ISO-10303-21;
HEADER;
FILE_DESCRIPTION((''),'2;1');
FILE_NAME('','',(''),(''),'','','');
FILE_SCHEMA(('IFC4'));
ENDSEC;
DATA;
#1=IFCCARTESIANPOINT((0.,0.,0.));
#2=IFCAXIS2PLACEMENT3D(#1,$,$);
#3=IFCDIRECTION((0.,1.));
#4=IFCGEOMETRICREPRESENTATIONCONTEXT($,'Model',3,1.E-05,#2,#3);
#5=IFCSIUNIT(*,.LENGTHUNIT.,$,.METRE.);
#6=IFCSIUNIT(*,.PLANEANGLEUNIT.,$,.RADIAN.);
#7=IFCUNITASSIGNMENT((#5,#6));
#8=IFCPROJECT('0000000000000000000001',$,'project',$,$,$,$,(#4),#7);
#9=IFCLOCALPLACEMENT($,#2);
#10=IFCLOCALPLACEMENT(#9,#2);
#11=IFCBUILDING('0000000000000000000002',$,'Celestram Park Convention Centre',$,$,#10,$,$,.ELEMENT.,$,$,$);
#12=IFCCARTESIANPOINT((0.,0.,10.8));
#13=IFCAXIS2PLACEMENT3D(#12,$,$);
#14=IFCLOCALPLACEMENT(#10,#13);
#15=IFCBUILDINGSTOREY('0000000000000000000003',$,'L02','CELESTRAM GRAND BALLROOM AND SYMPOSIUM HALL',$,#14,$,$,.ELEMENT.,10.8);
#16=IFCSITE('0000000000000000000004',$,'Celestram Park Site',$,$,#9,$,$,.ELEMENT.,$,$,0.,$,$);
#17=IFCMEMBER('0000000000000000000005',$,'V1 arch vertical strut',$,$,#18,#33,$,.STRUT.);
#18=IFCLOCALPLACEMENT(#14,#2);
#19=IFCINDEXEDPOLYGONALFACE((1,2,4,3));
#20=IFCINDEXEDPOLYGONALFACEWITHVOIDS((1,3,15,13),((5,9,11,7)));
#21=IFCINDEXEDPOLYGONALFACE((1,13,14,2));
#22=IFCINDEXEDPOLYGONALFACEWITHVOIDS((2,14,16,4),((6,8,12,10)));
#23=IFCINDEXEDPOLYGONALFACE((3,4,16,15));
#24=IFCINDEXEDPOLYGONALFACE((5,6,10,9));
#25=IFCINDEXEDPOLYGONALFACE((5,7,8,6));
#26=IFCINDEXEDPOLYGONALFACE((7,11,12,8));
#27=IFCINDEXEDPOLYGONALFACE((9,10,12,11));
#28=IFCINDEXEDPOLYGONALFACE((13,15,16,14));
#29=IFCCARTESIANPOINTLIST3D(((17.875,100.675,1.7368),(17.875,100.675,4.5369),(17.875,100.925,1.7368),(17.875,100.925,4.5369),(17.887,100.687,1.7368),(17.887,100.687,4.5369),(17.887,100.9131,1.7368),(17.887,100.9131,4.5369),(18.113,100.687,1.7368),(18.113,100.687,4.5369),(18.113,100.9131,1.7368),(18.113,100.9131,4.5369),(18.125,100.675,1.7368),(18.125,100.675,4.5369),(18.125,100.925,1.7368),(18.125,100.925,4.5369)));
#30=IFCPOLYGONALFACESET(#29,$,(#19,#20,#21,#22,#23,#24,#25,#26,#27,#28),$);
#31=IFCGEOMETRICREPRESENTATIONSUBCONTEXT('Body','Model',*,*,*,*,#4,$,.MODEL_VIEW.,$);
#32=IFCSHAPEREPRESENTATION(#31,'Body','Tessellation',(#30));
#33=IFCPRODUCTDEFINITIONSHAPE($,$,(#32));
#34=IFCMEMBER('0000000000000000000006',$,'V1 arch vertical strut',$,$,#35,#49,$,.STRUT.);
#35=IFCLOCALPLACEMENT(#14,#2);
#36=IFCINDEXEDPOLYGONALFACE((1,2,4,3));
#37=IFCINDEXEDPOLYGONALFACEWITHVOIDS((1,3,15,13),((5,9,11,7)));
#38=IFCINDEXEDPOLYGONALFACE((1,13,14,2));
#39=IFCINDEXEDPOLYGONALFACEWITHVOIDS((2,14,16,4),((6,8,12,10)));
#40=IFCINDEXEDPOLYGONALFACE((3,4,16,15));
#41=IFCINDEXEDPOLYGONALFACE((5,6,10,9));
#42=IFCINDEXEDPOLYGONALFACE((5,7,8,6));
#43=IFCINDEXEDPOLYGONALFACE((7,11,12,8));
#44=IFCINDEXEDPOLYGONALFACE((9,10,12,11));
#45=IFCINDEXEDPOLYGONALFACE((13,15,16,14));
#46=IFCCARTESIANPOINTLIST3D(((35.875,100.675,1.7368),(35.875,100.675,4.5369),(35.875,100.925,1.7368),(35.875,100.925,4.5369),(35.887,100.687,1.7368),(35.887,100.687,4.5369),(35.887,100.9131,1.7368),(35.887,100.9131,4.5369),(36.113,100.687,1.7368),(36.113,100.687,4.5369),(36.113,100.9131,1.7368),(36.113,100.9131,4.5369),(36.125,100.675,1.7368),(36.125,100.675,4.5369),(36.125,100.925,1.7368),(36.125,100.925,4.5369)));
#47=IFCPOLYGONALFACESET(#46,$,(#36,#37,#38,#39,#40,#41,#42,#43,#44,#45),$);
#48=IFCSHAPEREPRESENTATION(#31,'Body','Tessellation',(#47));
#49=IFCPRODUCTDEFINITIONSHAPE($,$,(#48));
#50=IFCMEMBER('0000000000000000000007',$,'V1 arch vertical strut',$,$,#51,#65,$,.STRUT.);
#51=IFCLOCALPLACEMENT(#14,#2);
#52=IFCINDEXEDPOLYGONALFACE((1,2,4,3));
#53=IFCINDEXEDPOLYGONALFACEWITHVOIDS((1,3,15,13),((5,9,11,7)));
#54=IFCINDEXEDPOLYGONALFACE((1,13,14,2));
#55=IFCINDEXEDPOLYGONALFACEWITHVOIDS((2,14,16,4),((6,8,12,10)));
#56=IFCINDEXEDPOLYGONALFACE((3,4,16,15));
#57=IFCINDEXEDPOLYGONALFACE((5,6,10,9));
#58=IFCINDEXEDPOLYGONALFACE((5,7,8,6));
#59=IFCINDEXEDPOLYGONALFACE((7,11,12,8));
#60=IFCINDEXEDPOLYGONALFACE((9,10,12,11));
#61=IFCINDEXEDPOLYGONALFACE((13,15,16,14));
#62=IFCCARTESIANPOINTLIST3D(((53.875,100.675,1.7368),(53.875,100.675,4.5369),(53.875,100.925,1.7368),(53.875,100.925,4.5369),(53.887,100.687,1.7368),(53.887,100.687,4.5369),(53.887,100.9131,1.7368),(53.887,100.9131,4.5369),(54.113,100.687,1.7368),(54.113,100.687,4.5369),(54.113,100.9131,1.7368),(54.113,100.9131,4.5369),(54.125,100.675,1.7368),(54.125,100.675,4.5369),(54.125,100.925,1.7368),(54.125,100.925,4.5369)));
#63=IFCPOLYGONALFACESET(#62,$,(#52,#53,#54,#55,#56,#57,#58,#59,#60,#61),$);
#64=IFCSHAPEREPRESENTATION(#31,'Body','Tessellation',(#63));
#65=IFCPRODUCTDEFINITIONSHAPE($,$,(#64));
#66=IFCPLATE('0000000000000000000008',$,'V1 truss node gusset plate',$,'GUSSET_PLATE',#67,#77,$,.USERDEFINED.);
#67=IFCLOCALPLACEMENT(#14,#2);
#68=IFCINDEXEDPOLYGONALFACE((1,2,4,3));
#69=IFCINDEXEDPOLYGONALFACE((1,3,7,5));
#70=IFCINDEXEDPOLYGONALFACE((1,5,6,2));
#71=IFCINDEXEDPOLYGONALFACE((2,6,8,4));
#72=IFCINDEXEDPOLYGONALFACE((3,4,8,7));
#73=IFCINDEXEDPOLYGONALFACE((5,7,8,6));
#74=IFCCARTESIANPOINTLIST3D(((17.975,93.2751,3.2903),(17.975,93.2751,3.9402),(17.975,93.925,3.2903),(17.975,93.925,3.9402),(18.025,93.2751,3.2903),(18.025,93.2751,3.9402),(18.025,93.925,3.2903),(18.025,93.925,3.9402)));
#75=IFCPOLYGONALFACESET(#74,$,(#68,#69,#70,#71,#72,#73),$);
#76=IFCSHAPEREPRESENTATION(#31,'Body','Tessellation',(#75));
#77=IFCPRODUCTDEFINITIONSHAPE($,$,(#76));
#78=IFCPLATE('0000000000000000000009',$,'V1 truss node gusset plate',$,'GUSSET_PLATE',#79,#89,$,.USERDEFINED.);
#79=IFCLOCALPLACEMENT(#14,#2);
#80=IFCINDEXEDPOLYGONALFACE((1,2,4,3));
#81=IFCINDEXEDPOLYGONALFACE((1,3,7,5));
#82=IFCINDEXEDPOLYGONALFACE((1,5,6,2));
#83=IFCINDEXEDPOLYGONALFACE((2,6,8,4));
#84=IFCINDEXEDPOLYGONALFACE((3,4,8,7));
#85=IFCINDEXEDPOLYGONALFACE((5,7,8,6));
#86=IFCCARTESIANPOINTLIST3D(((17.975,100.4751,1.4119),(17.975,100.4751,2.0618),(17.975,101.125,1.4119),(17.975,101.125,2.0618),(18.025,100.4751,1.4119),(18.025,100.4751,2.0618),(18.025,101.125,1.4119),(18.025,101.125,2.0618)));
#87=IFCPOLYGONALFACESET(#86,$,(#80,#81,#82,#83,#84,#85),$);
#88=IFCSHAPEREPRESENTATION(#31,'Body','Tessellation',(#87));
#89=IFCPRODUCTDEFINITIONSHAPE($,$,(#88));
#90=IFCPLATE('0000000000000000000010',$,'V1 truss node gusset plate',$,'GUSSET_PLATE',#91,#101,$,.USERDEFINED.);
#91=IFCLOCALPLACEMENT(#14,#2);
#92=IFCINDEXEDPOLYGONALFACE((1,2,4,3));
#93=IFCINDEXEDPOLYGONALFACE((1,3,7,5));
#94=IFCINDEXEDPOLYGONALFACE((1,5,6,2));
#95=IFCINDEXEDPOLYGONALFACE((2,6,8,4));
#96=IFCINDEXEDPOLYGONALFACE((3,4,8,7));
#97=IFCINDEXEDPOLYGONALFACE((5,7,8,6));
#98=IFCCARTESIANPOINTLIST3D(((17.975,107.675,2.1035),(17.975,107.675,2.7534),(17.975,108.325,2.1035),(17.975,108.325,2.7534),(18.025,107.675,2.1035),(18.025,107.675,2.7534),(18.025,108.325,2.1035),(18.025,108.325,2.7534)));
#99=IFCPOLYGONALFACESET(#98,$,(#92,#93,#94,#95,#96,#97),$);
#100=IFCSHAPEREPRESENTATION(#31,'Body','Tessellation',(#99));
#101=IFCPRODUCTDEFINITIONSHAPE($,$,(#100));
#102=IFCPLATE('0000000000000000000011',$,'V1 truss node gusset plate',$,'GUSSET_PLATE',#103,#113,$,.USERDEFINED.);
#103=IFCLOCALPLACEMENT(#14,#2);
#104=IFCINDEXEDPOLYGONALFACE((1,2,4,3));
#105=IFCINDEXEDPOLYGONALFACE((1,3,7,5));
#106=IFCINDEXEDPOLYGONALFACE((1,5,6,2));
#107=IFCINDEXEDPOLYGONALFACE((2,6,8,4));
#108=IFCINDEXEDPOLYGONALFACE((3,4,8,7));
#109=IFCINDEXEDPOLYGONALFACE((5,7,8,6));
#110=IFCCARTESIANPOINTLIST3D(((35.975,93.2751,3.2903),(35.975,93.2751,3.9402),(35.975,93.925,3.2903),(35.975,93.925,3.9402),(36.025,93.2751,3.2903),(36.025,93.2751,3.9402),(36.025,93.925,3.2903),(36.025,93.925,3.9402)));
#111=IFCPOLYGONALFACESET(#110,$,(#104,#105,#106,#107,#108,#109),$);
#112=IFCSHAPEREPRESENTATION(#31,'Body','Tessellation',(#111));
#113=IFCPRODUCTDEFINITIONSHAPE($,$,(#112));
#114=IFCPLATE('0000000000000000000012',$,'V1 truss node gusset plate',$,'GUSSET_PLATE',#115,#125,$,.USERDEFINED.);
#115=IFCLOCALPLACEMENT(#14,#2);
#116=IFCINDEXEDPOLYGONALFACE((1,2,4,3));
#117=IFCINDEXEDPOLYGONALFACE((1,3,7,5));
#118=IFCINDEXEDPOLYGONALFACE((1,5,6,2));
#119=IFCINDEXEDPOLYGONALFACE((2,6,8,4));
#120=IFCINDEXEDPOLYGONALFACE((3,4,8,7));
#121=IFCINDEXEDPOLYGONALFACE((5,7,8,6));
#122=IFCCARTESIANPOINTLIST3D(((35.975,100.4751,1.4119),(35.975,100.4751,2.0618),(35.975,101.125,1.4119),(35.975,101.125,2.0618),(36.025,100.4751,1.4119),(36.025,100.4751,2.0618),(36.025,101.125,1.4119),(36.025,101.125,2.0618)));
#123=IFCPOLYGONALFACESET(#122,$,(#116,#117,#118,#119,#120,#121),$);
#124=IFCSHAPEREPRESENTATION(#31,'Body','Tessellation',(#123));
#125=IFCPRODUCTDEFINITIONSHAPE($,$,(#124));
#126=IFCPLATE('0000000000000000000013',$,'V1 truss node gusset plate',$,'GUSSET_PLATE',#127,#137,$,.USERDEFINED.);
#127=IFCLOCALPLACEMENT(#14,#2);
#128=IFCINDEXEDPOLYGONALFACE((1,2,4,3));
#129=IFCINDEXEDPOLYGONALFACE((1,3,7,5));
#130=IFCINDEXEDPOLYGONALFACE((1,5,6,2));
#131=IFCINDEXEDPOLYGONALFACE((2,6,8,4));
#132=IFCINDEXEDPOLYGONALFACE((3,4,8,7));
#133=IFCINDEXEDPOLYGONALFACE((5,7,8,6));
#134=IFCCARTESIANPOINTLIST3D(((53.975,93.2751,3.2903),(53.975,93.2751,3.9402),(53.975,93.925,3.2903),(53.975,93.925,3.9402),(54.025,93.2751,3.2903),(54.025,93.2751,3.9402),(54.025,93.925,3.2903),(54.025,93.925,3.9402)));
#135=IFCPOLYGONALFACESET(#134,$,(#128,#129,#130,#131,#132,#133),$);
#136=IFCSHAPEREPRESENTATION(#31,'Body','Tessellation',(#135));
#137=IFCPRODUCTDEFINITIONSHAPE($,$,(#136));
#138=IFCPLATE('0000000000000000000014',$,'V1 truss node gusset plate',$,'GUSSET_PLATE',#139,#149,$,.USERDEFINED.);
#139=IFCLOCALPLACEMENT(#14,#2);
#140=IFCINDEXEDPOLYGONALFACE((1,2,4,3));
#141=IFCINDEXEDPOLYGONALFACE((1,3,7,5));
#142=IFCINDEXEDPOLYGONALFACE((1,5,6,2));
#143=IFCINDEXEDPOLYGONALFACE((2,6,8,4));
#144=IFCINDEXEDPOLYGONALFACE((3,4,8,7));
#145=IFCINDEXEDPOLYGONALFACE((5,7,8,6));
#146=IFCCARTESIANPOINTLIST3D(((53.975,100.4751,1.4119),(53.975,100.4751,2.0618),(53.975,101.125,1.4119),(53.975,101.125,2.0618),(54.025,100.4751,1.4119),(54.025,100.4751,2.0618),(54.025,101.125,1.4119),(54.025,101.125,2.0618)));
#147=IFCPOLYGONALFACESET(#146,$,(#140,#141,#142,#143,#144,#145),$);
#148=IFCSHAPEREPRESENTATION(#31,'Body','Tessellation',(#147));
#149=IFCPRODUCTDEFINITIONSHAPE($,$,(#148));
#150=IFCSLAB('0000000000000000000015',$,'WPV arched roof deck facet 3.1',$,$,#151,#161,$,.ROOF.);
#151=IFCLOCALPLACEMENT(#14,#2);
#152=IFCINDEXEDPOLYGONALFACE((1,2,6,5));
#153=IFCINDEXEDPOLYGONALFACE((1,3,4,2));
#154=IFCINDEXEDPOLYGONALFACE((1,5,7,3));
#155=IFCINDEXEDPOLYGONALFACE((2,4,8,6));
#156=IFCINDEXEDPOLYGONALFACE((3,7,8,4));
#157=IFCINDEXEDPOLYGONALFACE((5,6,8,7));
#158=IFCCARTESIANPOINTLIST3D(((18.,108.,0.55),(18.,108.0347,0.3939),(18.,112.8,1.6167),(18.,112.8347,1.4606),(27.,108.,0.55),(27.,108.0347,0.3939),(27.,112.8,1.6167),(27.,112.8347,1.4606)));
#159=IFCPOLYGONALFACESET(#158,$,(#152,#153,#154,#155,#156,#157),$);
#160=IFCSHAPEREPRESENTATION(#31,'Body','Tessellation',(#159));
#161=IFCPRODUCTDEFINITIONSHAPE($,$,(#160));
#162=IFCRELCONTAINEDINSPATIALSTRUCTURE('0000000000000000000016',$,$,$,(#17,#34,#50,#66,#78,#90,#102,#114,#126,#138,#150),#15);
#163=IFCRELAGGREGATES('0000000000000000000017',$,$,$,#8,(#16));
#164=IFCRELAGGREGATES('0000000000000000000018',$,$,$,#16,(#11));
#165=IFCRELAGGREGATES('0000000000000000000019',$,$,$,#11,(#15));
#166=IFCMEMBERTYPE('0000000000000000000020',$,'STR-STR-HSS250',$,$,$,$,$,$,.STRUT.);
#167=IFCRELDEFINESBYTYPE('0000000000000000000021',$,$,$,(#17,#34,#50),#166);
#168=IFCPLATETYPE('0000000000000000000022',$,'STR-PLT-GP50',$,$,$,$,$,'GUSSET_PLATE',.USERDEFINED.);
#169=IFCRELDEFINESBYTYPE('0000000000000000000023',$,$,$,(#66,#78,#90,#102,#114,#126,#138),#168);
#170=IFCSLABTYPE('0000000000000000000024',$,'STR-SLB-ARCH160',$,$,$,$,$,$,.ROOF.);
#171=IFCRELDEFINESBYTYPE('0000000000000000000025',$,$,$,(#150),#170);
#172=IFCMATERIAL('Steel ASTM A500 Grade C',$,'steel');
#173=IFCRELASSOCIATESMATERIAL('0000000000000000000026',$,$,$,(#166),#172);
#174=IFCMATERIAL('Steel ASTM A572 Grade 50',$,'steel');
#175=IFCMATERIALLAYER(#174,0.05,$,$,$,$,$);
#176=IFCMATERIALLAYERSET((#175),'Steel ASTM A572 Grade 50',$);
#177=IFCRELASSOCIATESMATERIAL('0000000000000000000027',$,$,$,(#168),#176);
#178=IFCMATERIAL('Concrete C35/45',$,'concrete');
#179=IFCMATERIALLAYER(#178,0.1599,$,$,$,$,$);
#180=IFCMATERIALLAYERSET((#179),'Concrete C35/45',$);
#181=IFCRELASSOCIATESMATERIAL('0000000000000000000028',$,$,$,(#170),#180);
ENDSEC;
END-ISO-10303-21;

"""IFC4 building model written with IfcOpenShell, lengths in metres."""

from ifc_helpers import new_model, si_unit, direction, frame, origin, origin_2d, place, context, subcontext, project, spatial, polyline, rectangle, hollow_rectangle, outline, extrude, material, layer, layer_set, material_profile, profile_set, type_object, element, save


model = new_model("IFC4")

# Units and contexts
model_context = context("Model", 3, precision=1e-05, world=origin(), true_north=direction((0.0, 1.0)))
body_context = subcontext(model_context, "Body", "Model", "MODEL_VIEW")
ifc_project = project(units=[si_unit("LENGTHUNIT", "METRE"), si_unit("PLANEANGLEUNIT", "RADIAN")], contexts=[model_context])

# Site, building, storey
site_placement = place(None, origin())
site = spatial("IfcSite", under=ifc_project, at=site_placement, Name="Celestram Park Site", CompositionType="ELEMENT", RefElevation=0.0)
building_placement = place(site_placement, origin())
building = spatial("IfcBuilding", under=site, at=building_placement, Name="Celestram Park Convention Centre", CompositionType="ELEMENT")
storey_placement = place(building_placement, frame((0.0, 0.0, 10.8)))
storey = spatial("IfcBuildingStorey", under=building, at=storey_placement, Name="L02", Description="CELESTRAM GRAND BALLROOM AND SYMPOSIUM HALL", CompositionType="ELEMENT", Elevation=10.8)

# Members
ifc_material_1 = material(Name="Steel ASTM A500 Grade C", Category="steel")
ifc_material_profile_1 = material_profile(ifc_material_1, hollow_rectangle(XDim=0.25, YDim=0.25, WallThickness=0.012, at=origin_2d()), Name="HSS250X250X12")
ifc_profile_set_1 = profile_set([ifc_material_profile_1], Name="Steel ASTM A500 Grade C")
member_type_1 = type_object("IfcMemberType", Name="STR-STR-HSS250", PredefinedType="STRUT", material=ifc_profile_set_1)
for number, where, z_axis, x_axis, name in (
    (1, (18.0, 100.8, 1.7368), (0.0, 0.0, 1.0), (1.0, 0.0, 0.0), "V1 arch vertical strut"),
    (2, (36.0, 100.8, 1.7368), (0.0, 0.0, 1.0), (1.0, 0.0, 0.0), "V1 arch vertical strut"),
    (3, (54.0, 100.8, 1.7368), (0.0, 0.0, 1.0), (1.0, 0.0, 0.0), "V1 arch vertical strut"),
):
    element("IfcMember", number, at=place(storey_placement, frame(where, z_axis=z_axis, x_axis=x_axis)), inside=storey, type_object=member_type_1, Name=name, PredefinedType="STRUT", context=body_context, shape_type="SweptSolid", body=[
        extrude(hollow_rectangle(XDim=0.25, YDim=0.25, WallThickness=0.012, at=origin_2d()), origin(), (0.0, 0.0, 1.0), 2.8),
    ])

# Plates
ifc_material_2 = material(Name="Steel ASTM A572 Grade 50", Category="steel")
ifc_layer_1 = layer(ifc_material_2, 0.05)
ifc_layer_set_1 = layer_set([ifc_layer_1], Name="Steel ASTM A572 Grade 50")
plate_type = type_object("IfcPlateType", Name="STR-PLT-GP50", ElementType="GUSSET_PLATE", PredefinedType="USERDEFINED", material=ifc_layer_set_1)
for number, where, z_axis, x_axis, name in (
    (4, (18.0, 93.6001, 3.2903), (0.0, 0.0, 1.0), (0.0, 1.0, 0.0), "V1 truss node gusset plate"),
    (5, (18.0, 100.8, 1.4119), (0.0, 0.0, 1.0), (0.0, 1.0, 0.0), "V1 truss node gusset plate"),
    (6, (18.0, 108.0, 2.1035), (0.0, 0.0, 1.0), (0.0, 1.0, 0.0), "V1 truss node gusset plate"),
    (7, (36.0, 93.6001, 3.2903), (0.0, 0.0, 1.0), (0.0, 1.0, 0.0), "V1 truss node gusset plate"),
    (8, (36.0, 100.8, 1.4119), (0.0, 0.0, 1.0), (0.0, 1.0, 0.0), "V1 truss node gusset plate"),
    (9, (54.0, 93.6001, 3.2903), (0.0, 0.0, 1.0), (0.0, 1.0, 0.0), "V1 truss node gusset plate"),
    (10, (54.0, 100.8, 1.4119), (0.0, 0.0, 1.0), (0.0, 1.0, 0.0), "V1 truss node gusset plate"),
):
    element("IfcPlate", number, at=place(storey_placement, frame(where, z_axis=z_axis, x_axis=x_axis)), inside=storey, type_object=plate_type, Name=name, ObjectType="GUSSET_PLATE", PredefinedType="USERDEFINED", context=body_context, shape_type="SweptSolid", body=[
        extrude(rectangle(XDim=0.6499, YDim=0.05, at=origin_2d()), origin(), (0.0, 0.0, 1.0), 0.6499),
    ])

# Slab
ifc_material_3 = material(Name="Concrete C35/45", Category="concrete")
ifc_layer_2 = layer(ifc_material_3, 0.1599)
ifc_layer_set_2 = layer_set([ifc_layer_2], Name="Concrete C35/45")
slab_type = type_object("IfcSlabType", Name="STR-SLB-ARCH160", PredefinedType="ROOF", material=ifc_layer_set_2)
slab_placement = place(storey_placement, frame((18.0, 108.0, 0.55), z_axis=(0.0, -0.216925, 0.976188), x_axis=(1.0, 0.0, 0.0)))
element("IfcSlab", 11, at=slab_placement, inside=storey, type_object=slab_type, Name="WPV arched roof deck facet 3.1", PredefinedType="ROOF", context=body_context, shape_type="SweptSolid", body=[
    extrude(outline(polyline([(0.0, 0.0), (9.0, 0.0), (9.0, 4.9171), (0.0, 4.9171), (0.0, 0.0)])), origin(), (0.0, 0.0, -1.0), 0.1599),
])

save(model, "model.ifc")
